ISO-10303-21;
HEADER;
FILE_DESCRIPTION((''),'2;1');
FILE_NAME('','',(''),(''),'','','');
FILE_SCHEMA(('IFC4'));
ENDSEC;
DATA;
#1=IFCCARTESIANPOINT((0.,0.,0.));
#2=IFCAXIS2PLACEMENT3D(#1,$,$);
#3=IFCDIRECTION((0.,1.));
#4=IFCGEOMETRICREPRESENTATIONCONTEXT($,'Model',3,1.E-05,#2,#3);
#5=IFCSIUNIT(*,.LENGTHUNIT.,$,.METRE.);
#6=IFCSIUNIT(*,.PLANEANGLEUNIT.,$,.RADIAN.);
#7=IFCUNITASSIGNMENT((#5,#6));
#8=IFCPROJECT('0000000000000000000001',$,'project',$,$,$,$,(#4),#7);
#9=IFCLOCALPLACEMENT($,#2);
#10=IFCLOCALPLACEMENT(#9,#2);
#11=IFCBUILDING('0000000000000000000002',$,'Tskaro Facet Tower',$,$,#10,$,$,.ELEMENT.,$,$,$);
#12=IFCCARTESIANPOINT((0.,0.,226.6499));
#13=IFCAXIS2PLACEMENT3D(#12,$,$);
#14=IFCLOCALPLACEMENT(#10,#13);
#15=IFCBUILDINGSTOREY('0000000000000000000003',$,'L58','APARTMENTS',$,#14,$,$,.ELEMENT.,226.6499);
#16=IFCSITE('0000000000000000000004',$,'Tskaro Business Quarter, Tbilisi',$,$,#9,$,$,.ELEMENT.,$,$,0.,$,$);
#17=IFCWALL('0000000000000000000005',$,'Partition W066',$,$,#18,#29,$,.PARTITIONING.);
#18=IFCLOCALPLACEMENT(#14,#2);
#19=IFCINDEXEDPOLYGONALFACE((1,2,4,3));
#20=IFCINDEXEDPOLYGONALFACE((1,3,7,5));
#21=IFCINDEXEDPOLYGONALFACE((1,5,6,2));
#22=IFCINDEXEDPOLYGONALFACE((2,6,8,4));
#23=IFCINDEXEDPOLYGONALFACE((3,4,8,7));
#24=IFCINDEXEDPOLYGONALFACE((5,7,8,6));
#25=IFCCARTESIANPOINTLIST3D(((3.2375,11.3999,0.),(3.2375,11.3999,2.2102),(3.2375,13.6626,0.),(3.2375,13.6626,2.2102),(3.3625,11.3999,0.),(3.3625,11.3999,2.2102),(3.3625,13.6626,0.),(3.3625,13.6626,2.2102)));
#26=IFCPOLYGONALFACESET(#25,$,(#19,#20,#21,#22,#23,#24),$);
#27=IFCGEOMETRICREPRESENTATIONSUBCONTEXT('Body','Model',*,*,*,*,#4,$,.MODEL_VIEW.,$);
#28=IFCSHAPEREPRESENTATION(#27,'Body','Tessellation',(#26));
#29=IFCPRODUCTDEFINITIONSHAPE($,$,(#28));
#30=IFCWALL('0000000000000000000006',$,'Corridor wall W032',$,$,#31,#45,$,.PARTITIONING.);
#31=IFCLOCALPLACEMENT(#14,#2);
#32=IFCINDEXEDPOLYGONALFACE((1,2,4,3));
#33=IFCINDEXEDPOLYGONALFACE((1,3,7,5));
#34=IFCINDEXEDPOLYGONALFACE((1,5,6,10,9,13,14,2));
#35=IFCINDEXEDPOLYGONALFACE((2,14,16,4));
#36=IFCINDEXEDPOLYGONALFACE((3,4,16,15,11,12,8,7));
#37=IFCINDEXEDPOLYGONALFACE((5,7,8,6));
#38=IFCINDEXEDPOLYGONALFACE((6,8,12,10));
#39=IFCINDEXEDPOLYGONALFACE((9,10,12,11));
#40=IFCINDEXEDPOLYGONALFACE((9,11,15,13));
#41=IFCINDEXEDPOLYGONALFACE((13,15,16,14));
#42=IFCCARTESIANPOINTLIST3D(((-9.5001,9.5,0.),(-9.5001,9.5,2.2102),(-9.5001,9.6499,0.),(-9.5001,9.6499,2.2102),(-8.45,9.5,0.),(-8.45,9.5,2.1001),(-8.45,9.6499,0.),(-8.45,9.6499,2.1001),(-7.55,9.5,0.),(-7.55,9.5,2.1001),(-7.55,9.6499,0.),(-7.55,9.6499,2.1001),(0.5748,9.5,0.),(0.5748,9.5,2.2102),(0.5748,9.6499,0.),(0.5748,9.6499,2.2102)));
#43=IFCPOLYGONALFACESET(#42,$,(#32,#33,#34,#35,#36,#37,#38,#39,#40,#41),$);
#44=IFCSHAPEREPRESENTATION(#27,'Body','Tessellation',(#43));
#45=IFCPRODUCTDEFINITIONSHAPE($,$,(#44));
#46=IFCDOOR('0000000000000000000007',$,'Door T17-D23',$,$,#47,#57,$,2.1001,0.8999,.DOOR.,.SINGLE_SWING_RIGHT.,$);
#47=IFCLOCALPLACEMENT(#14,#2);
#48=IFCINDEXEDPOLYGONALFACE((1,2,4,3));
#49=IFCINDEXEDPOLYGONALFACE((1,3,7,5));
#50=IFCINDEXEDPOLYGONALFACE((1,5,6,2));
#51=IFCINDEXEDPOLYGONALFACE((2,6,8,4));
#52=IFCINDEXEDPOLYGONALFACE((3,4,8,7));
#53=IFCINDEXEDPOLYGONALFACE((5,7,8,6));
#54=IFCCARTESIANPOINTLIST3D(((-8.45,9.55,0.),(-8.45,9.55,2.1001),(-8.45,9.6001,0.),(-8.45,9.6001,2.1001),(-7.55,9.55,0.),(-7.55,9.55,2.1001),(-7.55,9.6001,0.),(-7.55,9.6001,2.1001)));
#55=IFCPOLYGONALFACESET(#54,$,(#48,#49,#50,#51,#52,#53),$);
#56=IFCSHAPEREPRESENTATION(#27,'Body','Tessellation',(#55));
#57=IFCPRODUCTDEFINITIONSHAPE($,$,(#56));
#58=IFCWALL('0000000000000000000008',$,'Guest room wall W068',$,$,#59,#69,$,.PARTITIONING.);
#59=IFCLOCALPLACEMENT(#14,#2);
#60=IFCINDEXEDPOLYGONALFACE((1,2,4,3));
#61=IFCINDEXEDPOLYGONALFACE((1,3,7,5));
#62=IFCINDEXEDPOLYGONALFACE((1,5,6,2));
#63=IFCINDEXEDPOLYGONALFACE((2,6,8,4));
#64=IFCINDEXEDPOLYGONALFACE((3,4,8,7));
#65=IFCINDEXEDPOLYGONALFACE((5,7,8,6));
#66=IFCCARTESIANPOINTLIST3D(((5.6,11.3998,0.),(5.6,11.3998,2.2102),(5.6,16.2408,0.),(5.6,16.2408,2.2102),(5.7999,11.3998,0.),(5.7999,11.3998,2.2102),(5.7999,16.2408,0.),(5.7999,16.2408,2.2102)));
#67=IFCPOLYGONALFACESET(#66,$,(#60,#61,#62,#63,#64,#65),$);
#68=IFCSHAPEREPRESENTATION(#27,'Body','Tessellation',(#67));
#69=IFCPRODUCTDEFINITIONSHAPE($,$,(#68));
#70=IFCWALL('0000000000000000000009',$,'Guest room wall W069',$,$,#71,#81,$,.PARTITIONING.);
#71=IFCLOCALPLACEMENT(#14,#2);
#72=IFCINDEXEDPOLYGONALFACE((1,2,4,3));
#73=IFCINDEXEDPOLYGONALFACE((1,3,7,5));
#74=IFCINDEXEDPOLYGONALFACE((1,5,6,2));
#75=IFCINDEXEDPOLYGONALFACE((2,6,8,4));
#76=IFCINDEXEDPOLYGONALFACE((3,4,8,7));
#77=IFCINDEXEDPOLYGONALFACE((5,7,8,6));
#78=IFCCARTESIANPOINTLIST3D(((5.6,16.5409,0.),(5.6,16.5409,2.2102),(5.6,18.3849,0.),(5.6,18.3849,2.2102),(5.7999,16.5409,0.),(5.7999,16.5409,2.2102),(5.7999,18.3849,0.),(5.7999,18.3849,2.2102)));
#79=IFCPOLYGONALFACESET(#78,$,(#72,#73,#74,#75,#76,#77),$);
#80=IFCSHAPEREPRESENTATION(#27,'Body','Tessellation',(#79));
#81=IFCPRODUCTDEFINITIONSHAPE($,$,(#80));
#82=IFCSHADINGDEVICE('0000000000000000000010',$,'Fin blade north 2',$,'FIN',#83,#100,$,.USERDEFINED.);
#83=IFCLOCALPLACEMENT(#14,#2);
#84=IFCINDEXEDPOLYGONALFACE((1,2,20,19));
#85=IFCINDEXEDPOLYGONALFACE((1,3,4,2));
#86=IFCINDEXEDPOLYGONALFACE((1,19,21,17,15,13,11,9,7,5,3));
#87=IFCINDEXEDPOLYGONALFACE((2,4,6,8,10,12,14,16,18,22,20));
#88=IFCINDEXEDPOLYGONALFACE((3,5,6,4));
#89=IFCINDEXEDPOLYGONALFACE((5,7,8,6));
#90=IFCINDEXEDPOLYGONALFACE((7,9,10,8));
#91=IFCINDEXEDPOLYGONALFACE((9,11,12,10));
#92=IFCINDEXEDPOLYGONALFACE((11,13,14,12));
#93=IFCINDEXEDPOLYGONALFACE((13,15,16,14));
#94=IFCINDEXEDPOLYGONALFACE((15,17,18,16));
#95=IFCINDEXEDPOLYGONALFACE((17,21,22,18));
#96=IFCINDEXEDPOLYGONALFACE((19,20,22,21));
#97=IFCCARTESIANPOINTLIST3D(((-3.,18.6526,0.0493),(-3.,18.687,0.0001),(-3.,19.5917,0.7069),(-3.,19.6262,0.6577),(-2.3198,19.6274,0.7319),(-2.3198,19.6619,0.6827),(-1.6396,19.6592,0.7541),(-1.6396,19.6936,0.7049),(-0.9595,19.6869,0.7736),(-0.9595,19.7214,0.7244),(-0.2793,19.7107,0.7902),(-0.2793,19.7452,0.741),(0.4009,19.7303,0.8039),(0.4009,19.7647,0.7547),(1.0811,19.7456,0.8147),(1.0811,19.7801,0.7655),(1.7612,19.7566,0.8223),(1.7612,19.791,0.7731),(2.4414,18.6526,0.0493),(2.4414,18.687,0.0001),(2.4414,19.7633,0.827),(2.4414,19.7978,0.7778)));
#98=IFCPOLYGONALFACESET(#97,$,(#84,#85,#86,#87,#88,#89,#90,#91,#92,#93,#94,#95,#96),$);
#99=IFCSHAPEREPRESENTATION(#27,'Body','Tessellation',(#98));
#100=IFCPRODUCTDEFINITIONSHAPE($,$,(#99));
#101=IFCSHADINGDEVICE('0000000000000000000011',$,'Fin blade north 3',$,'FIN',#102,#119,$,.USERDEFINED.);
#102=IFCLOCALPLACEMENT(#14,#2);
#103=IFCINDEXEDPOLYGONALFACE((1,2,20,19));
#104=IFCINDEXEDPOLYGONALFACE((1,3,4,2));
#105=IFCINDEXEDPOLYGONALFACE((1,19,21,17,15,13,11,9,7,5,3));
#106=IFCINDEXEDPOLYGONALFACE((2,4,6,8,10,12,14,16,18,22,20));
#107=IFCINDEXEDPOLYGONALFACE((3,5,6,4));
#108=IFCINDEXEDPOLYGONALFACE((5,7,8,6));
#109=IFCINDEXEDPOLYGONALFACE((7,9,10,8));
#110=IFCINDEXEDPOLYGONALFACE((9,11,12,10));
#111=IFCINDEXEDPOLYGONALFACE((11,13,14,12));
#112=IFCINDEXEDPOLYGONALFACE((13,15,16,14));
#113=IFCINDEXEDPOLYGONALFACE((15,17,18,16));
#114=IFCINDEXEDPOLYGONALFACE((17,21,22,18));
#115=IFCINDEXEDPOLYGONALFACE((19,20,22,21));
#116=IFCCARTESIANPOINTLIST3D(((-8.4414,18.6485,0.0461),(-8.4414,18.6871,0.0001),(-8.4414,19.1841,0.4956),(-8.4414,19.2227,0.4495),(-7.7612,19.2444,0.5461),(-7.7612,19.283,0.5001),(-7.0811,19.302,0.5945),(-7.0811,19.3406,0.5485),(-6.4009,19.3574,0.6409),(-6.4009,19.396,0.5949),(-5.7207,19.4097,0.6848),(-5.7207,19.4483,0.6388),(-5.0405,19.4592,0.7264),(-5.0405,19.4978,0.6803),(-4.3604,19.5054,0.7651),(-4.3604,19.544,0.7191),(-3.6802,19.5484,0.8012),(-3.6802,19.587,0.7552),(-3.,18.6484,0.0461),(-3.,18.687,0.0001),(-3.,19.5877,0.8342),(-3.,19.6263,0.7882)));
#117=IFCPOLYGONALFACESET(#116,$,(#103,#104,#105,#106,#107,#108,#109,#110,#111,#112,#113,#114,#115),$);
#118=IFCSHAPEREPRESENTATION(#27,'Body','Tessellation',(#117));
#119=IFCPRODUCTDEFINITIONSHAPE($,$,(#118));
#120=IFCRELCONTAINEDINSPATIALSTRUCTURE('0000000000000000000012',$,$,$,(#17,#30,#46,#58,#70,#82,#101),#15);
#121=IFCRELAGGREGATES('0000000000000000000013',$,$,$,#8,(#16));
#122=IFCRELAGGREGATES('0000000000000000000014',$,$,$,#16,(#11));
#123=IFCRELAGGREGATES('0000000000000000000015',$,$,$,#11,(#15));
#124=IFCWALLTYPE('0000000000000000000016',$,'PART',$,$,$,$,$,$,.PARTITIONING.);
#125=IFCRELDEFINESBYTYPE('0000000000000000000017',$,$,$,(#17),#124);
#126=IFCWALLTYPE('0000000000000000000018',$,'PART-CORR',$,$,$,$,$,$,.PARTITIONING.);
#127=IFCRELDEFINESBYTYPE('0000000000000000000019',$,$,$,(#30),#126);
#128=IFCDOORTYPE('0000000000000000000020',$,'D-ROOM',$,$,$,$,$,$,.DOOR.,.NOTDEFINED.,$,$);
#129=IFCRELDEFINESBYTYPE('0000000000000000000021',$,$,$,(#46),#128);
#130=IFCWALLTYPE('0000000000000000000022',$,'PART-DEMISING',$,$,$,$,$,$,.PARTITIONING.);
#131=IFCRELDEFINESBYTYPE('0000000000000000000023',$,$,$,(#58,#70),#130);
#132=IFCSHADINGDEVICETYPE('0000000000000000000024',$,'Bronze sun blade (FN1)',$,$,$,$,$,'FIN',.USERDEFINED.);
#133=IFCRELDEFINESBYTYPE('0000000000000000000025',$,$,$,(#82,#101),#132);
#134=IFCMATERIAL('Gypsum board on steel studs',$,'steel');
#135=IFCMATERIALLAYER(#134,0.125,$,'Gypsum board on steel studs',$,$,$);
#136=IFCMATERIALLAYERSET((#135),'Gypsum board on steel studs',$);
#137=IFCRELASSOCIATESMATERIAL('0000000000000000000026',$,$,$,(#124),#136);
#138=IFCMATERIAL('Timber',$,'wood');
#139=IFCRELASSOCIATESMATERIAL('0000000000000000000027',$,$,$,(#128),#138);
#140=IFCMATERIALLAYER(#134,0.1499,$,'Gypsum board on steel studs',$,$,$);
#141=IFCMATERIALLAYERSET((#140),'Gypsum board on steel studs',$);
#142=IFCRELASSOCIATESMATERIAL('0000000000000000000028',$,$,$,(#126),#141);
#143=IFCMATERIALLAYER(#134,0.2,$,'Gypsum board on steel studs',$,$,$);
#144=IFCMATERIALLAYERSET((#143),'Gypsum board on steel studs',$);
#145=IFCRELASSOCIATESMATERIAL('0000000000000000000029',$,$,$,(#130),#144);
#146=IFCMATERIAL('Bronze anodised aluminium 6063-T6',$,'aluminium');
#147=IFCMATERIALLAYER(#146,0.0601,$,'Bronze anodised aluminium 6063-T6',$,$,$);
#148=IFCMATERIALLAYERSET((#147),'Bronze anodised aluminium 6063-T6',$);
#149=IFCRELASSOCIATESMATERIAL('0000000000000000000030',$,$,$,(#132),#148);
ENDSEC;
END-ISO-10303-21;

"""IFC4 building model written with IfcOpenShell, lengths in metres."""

from ifc_helpers import new_model, si_unit, direction, frame, frame_2d, origin, place, context, subcontext, project, spatial, polyline, rectangle, outline, extrude, material, layer, layer_set, type_object, element, fill, save


model = new_model("IFC4")

# Units and contexts
model_context = context("Model", 3, precision=1e-05, world=origin(), true_north=direction((0.0, 1.0)))
body_context = subcontext(model_context, "Body", "Model", "MODEL_VIEW")
ifc_project = project(units=[si_unit("LENGTHUNIT", "METRE"), si_unit("PLANEANGLEUNIT", "RADIAN")], contexts=[model_context])

# Site, building, storey
site_placement = place(None, origin())
site = spatial("IfcSite", under=ifc_project, at=site_placement, Name="Tskaro Business Quarter, Tbilisi", CompositionType="ELEMENT", RefElevation=0.0)
building_placement = place(site_placement, origin())
building = spatial("IfcBuilding", under=site, at=building_placement, Name="Tskaro Facet Tower", CompositionType="ELEMENT")
storey_placement = place(building_placement, frame((0.0, 0.0, 226.6499)))
storey = spatial("IfcBuildingStorey", under=building, at=storey_placement, Name="L58", Description="APARTMENTS", CompositionType="ELEMENT", Elevation=226.6499)

# Shared definitions
ifc_material_1 = material(Name="Bronze anodised aluminium 6063-T6", Category="aluminium")

# Shared definitions
ifc_material_2 = material(Name="Gypsum board on steel studs", Category="steel")
ifc_layer_1 = layer(ifc_material_2, 0.125, Name="Gypsum board on steel studs")
ifc_layer_set_1 = layer_set([ifc_layer_1], Name="Gypsum board on steel studs")
wall_type_1 = type_object("IfcWallType", Name="PART", PredefinedType="PARTITIONING", material=ifc_layer_set_1)

# Shared definitions
ifc_material_3 = material(Name="Timber", Category="wood")
door_type = type_object("IfcDoorType", Name="D-ROOM", OperationType="NOTDEFINED", PredefinedType="DOOR", material=ifc_material_3)

# Wall
wall_1_placement = place(storey_placement, frame((3.3, 11.3999, 0.0), z_axis=(0.0, 0.0, 1.0), x_axis=(0.0, 1.0, 0.0)))
element("IfcWall", 1, at=wall_1_placement, inside=storey, type_object=wall_type_1, Name="Partition W066", PredefinedType="PARTITIONING", context=body_context, shape_type="SweptSolid", body=[
    extrude(rectangle(XDim=2.2627, YDim=0.125, at=frame_2d((1.1313, 0.0))), origin(), (0.0, 0.0, 1.0), 2.2102),
])

# Wall, opening, door
ifc_layer_2 = layer(ifc_material_2, 0.1499, Name="Gypsum board on steel studs")
ifc_layer_set_2 = layer_set([ifc_layer_2], Name="Gypsum board on steel studs")
wall_type_2 = type_object("IfcWallType", Name="PART-CORR", PredefinedType="PARTITIONING", material=ifc_layer_set_2)
wall_2_placement = place(storey_placement, frame((0.575, 9.575, 0.0), z_axis=(0.0, 0.0, 1.0), x_axis=(-1.0, 0.0, 0.0)))
wall_2 = element("IfcWall", 2, at=wall_2_placement, inside=storey, type_object=wall_type_2, Name="Corridor wall W032", PredefinedType="PARTITIONING", context=body_context, shape_type="SweptSolid", body=[
    extrude(rectangle(XDim=10.075, YDim=0.1499, at=frame_2d((5.0376, 0.0))), origin(), (0.0, 0.0, 1.0), 2.2102),
])
opening_1_placement = place(wall_2_placement, frame((8.125, 0.0, 0.0)))
opening_1 = element("IfcOpeningElement", 3, at=opening_1_placement, cuts=wall_2, PredefinedType="OPENING", context=body_context, shape_type="SweptSolid", body=[
    extrude(rectangle(XDim=0.8999, YDim=2.1001, at=frame_2d((0.45, 1.05))), frame((0.0, 0.085, 0.0), z_axis=(0.0, -1.0, 0.0), x_axis=(1.0, 0.0, 0.0)), (0.0, 0.0, 1.0), 0.1699),
])
door_1_placement = place(opening_1_placement, origin())
door_1 = element("IfcDoor", 4, at=door_1_placement, inside=storey, type_object=door_type, Name="Door T17-D23", OperationType="SINGLE_SWING_RIGHT", OverallHeight=2.1001, OverallWidth=0.8999, PredefinedType="DOOR", context=body_context, shape_type="SweptSolid", body=[
    extrude(rectangle(XDim=0.8999, YDim=2.1001, at=frame_2d((0.45, 1.05))), frame((0.0, 0.0249, 0.0), z_axis=(0.0, -1.0, 0.0), x_axis=(1.0, 0.0, 0.0)), (0.0, 0.0, 1.0), 0.05),
])
fill(opening_1, door_1)

# Walls
ifc_layer_3 = layer(ifc_material_2, 0.2, Name="Gypsum board on steel studs")
ifc_layer_set_3 = layer_set([ifc_layer_3], Name="Gypsum board on steel studs")
wall_type_3 = type_object("IfcWallType", Name="PART-DEMISING", PredefinedType="PARTITIONING", material=ifc_layer_set_3)
wall_3_placement = place(storey_placement, frame((5.7, 11.3999, 0.0), z_axis=(0.0, 0.0, 1.0), x_axis=(0.0, 1.0, 0.0)))
element("IfcWall", 5, at=wall_3_placement, inside=storey, type_object=wall_type_3, Name="Guest room wall W068", PredefinedType="PARTITIONING", context=body_context, shape_type="SweptSolid", body=[
    extrude(rectangle(XDim=4.8411, YDim=0.2, at=frame_2d((2.4204, 0.0))), origin(), (0.0, 0.0, 1.0), 2.2102),
])
wall_4_placement = place(storey_placement, frame((5.7, 16.541, 0.0), z_axis=(0.0, 0.0, 1.0), x_axis=(0.0, 1.0, 0.0)))
element("IfcWall", 6, at=wall_4_placement, inside=storey, type_object=wall_type_3, Name="Guest room wall W069", PredefinedType="PARTITIONING", context=body_context, shape_type="SweptSolid", body=[
    extrude(rectangle(XDim=1.844, YDim=0.2, at=frame_2d((0.9219, 0.0))), origin(), (0.0, 0.0, 1.0), 2.2102),
])

# Shading devices
ifc_layer_4 = layer(ifc_material_1, 0.0601, Name="Bronze anodised aluminium 6063-T6")
ifc_layer_set_4 = layer_set([ifc_layer_4], Name="Bronze anodised aluminium 6063-T6")
shading_device_type = type_object("IfcShadingDeviceType", Name="Bronze sun blade (FN1)", ElementType="FIN", PredefinedType="USERDEFINED", material=ifc_layer_set_4)
shading_device_1_placement = place(storey_placement, frame((2.4414, 18.6526, 0.0493), z_axis=(0.000006, -0.573559, 0.819164), x_axis=(-1.0, -0.000004, 0.000005)))
element("IfcShadingDevice", 7, at=shading_device_1_placement, inside=storey, type_object=shading_device_type, Name="Fin blade north 2", ObjectType="FIN", PredefinedType="USERDEFINED", context=body_context, shape_type="SweptSolid", body=[
    extrude(outline(polyline([(0.0, 0.0), (5.4414, 0.0), (5.4414, -1.1465), (4.7612, -1.1901), (4.0811, -1.2288), (3.4009, -1.2627), (2.7207, -1.2918), (2.0405, -1.3156), (1.3604, -1.3344), (0.6802, -1.3477), (0.0, -1.356), (0.0, 0.0)])), origin(), (0.0, 0.0, -1.0), 0.0601),
])
shading_device_2_placement = place(storey_placement, frame((-3.0, 18.6484, 0.0461), z_axis=(-0.000005, -0.642744, 0.766081), x_axis=(-1.0, 0.000003, -0.000004)))
element("IfcShadingDevice", 8, at=shading_device_2_placement, inside=storey, type_object=shading_device_type, Name="Fin blade north 3", ObjectType="FIN", PredefinedType="USERDEFINED", context=body_context, shape_type="SweptSolid", body=[
    extrude(outline(polyline([(0.0, 0.0), (5.4414, 0.0), (5.4414, -0.6992), (4.7612, -0.7779), (4.0811, -0.8531), (3.4009, -0.9254), (2.7207, -0.9937), (2.0405, -1.0583), (1.3604, -1.1186), (0.6802, -1.1748), (0.0, -1.226), (0.0, 0.0)])), origin(), (0.0, 0.0, -1.0), 0.0601),
])

save(model, "model.ifc")
